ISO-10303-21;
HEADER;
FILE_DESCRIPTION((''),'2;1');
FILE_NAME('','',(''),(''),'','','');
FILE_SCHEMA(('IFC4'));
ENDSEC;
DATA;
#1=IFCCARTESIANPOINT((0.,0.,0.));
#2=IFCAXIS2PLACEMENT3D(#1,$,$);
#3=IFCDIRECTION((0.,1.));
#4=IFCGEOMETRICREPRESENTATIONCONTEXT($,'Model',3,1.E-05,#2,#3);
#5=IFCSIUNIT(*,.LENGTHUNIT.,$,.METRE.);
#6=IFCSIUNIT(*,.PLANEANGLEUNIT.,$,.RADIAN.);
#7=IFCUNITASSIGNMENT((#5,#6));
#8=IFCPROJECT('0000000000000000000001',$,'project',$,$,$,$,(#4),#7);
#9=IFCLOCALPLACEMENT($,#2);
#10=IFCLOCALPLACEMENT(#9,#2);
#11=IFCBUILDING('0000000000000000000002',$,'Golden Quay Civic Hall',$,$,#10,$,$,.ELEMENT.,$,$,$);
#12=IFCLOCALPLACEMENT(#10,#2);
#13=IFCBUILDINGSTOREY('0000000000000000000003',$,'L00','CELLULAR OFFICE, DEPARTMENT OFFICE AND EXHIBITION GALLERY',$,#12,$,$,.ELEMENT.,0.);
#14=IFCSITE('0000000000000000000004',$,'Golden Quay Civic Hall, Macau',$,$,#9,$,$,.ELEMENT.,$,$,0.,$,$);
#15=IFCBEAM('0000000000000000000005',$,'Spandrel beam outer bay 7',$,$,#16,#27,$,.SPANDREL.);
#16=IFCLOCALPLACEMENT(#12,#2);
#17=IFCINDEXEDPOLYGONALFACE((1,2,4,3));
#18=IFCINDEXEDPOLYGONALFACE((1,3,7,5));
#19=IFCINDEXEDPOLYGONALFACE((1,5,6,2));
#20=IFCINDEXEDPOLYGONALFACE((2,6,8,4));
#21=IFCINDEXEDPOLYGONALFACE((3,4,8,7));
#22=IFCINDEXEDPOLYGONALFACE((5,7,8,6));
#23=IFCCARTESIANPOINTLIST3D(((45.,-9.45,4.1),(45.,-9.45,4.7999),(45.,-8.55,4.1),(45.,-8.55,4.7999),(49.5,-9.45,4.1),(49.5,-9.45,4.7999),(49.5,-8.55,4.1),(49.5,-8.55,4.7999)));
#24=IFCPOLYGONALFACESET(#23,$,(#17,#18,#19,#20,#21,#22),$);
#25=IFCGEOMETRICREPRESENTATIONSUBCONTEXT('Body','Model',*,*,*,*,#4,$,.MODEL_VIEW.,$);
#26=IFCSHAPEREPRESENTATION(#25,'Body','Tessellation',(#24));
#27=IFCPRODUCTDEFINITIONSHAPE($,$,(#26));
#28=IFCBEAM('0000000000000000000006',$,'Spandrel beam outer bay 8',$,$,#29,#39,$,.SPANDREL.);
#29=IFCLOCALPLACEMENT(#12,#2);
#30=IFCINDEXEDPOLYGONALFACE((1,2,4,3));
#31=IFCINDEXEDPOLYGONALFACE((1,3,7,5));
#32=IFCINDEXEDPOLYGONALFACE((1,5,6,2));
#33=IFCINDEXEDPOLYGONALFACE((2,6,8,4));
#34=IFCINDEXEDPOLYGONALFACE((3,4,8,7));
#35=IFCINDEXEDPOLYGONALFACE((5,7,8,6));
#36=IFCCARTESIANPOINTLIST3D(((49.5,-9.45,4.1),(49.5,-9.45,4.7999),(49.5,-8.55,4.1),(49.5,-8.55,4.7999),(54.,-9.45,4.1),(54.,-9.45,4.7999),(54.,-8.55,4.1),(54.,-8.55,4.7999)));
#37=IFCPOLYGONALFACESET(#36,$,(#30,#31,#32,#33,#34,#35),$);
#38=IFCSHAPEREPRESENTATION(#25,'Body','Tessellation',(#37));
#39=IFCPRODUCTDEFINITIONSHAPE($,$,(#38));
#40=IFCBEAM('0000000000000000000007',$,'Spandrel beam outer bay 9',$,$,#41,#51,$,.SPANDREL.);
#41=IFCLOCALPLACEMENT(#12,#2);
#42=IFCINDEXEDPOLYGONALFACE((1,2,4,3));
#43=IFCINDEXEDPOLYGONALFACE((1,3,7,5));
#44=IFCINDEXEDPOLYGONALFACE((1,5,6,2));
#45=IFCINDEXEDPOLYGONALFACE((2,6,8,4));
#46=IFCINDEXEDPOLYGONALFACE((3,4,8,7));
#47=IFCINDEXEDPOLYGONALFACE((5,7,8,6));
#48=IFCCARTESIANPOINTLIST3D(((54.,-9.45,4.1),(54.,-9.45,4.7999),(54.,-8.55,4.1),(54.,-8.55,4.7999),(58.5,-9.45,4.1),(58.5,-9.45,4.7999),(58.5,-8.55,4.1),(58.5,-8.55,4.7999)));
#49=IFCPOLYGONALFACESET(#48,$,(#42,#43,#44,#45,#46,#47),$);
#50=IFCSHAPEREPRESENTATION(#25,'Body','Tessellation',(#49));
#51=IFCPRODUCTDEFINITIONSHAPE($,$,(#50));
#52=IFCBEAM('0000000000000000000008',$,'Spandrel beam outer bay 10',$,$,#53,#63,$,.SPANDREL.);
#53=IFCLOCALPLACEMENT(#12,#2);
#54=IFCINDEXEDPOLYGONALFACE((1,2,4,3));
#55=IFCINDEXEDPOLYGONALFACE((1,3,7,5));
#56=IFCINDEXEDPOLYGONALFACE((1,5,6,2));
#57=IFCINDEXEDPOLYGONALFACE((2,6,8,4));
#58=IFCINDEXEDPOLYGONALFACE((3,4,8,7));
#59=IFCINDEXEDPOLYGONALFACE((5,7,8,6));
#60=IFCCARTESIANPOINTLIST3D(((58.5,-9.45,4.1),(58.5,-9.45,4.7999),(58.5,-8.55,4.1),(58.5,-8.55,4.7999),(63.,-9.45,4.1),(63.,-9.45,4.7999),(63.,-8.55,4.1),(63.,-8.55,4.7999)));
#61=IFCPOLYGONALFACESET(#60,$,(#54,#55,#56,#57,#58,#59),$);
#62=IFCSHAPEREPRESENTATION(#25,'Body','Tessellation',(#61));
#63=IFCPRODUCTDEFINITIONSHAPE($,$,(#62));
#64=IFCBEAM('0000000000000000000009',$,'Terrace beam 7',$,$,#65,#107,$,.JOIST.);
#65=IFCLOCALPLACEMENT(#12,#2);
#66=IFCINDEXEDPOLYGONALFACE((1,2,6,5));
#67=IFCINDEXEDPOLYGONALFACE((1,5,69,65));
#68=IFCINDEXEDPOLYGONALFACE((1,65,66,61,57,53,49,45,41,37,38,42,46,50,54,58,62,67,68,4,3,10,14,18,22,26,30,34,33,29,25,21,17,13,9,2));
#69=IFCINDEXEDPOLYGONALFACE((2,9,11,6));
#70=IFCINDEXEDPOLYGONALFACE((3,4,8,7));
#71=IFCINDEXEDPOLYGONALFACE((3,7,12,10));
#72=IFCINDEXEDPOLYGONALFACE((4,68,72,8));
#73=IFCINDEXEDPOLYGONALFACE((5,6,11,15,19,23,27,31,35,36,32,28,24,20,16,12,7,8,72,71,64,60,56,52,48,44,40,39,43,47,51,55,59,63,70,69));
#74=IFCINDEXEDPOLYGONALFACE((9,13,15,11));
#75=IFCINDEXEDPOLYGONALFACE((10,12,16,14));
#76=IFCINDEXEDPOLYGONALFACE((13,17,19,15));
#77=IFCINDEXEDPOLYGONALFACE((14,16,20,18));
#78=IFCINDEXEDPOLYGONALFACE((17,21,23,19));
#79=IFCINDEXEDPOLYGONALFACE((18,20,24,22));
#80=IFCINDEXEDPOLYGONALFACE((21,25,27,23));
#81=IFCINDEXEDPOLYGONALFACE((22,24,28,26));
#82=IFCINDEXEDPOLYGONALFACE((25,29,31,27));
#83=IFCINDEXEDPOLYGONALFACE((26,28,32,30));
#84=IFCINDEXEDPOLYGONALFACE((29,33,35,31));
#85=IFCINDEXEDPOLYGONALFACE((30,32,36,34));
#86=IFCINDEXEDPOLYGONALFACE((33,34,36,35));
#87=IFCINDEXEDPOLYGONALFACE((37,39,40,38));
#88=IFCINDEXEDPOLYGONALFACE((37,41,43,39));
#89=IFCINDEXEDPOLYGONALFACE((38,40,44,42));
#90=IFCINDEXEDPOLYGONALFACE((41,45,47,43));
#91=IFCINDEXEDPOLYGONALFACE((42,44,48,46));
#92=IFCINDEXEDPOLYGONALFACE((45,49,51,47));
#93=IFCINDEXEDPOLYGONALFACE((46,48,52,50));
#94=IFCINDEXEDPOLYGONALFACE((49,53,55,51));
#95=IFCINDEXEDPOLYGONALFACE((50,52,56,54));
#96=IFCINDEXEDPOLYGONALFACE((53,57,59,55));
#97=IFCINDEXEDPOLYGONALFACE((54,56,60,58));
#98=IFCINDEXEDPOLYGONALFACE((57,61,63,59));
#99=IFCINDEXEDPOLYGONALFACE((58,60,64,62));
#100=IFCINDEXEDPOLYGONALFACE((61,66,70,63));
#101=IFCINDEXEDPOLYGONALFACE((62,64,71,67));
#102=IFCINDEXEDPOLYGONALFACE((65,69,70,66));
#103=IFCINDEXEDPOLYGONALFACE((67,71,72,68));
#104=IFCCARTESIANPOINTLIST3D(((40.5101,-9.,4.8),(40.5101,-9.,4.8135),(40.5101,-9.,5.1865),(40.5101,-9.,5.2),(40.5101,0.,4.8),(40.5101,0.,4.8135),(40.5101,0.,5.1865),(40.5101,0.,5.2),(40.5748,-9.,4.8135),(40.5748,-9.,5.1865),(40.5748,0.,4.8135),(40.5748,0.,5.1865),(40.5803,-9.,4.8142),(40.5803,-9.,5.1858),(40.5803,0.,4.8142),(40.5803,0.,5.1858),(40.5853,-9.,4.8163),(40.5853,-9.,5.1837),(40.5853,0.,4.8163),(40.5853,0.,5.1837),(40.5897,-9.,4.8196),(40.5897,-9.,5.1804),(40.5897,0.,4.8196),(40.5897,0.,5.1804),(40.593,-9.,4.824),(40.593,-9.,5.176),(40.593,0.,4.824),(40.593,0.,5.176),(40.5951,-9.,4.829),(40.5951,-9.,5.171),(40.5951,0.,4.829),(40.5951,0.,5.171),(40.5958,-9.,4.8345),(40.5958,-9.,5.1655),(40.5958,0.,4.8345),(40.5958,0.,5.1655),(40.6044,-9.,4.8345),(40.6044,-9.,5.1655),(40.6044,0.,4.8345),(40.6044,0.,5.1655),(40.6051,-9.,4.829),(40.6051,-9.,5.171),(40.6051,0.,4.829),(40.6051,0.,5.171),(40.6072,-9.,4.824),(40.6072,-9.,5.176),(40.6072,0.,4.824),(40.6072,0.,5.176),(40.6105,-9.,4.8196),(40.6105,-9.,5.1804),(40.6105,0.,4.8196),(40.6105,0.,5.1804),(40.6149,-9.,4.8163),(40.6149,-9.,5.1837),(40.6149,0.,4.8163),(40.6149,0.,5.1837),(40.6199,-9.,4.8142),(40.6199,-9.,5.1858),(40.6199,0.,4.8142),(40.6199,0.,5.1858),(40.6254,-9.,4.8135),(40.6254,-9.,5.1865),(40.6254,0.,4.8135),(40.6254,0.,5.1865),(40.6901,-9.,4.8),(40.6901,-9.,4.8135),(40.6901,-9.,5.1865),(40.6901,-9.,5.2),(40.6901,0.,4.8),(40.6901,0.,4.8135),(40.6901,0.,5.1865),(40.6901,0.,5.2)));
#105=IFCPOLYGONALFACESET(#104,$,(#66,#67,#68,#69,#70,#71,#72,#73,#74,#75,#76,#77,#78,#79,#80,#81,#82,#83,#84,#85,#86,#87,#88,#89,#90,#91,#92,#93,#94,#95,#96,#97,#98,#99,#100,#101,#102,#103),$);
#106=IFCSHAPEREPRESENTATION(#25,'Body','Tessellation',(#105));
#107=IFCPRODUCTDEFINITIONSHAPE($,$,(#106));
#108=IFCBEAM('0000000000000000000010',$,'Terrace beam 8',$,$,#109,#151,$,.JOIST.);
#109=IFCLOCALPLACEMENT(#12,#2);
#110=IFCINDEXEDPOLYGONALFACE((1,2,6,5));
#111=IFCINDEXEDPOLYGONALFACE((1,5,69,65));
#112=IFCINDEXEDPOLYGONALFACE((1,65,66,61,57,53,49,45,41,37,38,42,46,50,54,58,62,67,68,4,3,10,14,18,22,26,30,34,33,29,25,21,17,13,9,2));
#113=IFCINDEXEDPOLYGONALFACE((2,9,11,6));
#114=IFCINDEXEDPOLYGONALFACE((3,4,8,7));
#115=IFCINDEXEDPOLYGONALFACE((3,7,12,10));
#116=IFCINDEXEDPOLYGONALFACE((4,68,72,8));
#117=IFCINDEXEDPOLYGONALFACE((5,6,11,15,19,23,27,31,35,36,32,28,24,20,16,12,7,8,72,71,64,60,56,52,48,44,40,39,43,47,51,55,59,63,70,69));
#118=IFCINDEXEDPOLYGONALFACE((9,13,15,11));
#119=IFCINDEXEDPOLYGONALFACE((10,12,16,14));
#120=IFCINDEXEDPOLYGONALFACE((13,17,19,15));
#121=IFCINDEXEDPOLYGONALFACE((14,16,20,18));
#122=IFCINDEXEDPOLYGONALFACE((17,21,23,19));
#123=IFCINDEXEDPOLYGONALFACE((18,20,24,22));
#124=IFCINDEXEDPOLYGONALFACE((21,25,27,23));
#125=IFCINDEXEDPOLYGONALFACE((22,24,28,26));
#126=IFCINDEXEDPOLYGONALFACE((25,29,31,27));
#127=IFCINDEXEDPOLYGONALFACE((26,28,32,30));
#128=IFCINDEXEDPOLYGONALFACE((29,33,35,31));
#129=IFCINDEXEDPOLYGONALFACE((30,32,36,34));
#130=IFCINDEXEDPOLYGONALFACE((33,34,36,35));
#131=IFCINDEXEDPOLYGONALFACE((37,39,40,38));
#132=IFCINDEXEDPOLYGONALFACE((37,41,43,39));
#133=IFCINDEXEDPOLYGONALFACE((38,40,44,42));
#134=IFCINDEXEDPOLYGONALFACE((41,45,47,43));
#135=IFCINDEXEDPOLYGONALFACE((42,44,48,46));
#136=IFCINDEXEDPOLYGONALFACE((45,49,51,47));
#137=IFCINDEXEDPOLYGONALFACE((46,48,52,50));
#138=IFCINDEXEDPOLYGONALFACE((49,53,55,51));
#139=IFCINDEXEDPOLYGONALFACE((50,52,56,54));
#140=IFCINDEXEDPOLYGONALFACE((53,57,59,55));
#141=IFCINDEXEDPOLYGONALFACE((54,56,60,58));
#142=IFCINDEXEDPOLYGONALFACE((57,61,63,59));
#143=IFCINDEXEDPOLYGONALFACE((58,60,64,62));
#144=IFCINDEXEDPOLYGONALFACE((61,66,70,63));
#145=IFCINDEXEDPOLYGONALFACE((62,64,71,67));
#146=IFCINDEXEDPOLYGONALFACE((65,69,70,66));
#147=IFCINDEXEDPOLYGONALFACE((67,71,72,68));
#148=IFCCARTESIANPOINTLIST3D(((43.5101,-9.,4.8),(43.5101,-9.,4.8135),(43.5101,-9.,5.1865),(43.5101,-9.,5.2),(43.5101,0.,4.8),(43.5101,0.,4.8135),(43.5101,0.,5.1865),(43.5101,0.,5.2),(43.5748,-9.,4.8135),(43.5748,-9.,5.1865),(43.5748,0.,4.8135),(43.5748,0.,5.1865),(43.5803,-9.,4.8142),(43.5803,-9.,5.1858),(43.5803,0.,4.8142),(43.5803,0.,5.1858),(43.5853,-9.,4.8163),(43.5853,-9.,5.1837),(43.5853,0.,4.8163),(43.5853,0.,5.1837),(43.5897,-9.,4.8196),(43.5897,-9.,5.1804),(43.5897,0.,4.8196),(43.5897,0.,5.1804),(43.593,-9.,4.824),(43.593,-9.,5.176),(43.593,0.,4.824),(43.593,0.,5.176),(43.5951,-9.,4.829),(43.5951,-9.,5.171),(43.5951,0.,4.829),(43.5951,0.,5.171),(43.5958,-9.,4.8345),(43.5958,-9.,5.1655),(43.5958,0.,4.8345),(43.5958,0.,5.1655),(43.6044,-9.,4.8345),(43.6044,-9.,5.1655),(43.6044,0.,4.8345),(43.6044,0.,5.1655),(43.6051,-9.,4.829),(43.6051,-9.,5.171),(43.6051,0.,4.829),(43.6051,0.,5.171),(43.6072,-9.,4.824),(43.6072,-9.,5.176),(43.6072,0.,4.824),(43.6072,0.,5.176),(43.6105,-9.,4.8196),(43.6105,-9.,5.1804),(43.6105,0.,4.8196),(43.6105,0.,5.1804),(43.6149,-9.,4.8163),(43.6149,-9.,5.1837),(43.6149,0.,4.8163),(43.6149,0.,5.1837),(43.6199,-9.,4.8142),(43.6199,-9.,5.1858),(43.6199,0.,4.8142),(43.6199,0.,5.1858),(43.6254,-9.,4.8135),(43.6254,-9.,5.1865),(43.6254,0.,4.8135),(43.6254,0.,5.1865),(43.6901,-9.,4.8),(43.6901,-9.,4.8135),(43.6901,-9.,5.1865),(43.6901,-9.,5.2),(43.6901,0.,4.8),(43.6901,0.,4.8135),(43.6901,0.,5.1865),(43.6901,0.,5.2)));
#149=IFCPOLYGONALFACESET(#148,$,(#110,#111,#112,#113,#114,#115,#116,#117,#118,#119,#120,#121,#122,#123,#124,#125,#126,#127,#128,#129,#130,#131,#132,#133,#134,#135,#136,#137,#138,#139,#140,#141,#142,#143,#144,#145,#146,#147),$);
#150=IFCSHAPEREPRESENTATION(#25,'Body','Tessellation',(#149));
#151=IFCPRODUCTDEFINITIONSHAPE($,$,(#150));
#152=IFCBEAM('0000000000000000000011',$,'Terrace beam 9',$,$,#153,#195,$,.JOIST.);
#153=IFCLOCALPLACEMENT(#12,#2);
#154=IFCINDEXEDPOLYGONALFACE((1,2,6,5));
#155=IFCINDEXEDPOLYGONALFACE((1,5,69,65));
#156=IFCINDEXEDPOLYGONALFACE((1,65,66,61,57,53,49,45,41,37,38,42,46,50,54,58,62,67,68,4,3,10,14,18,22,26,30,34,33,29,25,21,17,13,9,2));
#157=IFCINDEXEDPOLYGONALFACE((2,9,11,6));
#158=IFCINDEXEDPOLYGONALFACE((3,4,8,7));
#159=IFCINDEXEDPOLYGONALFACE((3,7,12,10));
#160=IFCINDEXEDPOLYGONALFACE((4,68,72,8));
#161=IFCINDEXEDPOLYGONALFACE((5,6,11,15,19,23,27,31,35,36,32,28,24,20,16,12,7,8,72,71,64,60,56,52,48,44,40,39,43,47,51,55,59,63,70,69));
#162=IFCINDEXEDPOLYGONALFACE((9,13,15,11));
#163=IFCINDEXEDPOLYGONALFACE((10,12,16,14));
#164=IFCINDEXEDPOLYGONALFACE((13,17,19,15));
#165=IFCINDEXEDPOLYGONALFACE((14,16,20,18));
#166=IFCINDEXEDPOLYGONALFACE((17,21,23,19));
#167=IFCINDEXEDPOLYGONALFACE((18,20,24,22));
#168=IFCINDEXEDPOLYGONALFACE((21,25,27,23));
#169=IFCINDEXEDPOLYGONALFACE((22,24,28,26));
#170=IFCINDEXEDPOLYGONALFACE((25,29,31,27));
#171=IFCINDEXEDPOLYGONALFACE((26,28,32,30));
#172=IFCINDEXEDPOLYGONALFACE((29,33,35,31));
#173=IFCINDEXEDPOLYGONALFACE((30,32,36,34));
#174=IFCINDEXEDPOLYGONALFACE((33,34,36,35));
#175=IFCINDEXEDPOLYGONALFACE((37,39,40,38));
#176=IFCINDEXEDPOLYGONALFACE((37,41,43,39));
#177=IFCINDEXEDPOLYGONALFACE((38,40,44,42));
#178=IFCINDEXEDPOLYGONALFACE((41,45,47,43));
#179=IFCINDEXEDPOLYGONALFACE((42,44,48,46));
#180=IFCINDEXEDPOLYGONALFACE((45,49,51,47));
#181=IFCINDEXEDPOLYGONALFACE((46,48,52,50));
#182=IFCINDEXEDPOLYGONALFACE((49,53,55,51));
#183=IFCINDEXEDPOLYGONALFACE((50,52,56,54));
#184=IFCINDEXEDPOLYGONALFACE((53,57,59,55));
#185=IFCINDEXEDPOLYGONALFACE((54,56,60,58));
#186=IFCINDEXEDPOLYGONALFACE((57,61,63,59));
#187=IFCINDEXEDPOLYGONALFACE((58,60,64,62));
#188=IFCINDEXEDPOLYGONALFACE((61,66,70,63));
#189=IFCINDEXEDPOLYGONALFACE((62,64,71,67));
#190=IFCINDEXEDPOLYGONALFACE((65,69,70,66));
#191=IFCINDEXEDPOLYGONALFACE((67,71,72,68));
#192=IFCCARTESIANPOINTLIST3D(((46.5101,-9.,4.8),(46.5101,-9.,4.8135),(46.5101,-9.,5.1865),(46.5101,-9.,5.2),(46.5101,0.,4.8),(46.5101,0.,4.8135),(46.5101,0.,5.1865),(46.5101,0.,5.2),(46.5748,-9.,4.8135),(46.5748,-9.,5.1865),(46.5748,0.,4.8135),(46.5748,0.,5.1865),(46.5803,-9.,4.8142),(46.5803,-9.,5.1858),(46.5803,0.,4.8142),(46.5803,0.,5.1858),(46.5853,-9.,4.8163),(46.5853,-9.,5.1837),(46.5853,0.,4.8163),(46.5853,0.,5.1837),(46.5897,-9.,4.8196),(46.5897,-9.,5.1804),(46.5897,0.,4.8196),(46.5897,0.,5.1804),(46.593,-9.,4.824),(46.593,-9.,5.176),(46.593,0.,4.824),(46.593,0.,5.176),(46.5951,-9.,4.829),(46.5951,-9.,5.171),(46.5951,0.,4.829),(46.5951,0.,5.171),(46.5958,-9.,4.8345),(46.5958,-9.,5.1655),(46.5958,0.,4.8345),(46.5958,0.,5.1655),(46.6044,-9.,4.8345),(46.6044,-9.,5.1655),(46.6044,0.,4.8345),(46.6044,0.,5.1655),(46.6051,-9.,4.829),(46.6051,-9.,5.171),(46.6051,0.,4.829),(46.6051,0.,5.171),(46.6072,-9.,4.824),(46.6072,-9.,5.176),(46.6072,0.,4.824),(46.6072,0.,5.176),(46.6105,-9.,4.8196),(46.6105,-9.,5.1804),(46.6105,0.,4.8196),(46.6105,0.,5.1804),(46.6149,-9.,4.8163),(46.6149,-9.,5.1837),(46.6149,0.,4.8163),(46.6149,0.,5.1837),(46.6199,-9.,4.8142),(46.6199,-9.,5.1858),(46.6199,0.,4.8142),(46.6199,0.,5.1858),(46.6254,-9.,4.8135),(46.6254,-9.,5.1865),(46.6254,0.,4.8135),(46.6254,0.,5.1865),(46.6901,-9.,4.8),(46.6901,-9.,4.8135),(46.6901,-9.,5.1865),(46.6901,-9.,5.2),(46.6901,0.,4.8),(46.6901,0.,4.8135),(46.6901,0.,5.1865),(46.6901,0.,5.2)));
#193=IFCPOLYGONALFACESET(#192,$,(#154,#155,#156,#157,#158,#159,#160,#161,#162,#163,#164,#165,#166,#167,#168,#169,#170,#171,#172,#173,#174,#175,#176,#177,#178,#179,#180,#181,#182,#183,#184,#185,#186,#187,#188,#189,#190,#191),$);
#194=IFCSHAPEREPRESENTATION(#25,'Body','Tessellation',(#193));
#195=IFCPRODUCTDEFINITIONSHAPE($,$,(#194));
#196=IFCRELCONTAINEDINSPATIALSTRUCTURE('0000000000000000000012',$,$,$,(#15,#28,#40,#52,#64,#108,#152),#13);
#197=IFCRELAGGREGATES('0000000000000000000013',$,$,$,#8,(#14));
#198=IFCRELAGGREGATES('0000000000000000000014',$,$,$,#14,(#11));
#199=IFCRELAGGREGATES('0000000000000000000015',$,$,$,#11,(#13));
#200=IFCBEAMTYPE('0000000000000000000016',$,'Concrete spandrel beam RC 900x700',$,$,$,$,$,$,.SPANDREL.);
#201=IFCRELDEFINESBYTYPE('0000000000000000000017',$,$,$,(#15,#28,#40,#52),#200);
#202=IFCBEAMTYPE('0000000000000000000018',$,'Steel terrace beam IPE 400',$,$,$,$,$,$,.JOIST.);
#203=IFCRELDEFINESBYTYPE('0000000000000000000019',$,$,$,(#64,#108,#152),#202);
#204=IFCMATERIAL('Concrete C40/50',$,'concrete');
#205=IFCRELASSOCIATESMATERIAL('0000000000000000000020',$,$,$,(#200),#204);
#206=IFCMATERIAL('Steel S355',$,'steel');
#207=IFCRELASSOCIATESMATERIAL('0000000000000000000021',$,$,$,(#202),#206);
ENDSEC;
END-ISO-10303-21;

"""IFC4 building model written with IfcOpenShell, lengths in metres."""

from ifc_helpers import new_model, si_unit, direction, frame, origin, origin_2d, place, context, subcontext, project, spatial, rectangle, i_section, extrude, material, material_profile, profile_set, type_object, element, save


model = new_model("IFC4")

# Units and contexts
model_context = context("Model", 3, precision=1e-05, world=origin(), true_north=direction((0.0, 1.0)))
body_context = subcontext(model_context, "Body", "Model", "MODEL_VIEW")
ifc_project = project(units=[si_unit("LENGTHUNIT", "METRE"), si_unit("PLANEANGLEUNIT", "RADIAN")], contexts=[model_context])

# Site, building, storey
site_placement = place(None, origin())
site = spatial("IfcSite", under=ifc_project, at=site_placement, Name="Golden Quay Civic Hall, Macau", CompositionType="ELEMENT", RefElevation=0.0)
building_placement = place(site_placement, origin())
building = spatial("IfcBuilding", under=site, at=building_placement, Name="Golden Quay Civic Hall", CompositionType="ELEMENT")
storey_placement = place(building_placement, origin())
storey = spatial("IfcBuildingStorey", under=building, at=storey_placement, Name="L00", Description="CELLULAR OFFICE, DEPARTMENT OFFICE AND EXHIBITION GALLERY", CompositionType="ELEMENT", Elevation=0.0)

# Beams
ifc_material_1 = material(Name="Concrete C40/50", Category="concrete")
ifc_material_profile_1 = material_profile(ifc_material_1, rectangle(XDim=0.8999, YDim=0.7, at=origin_2d()), Name="RC 900x700")
ifc_profile_set_1 = profile_set([ifc_material_profile_1], Name="Concrete C40/50")
beam_type_1 = type_object("IfcBeamType", Name="Concrete spandrel beam RC 900x700", PredefinedType="SPANDREL", material=ifc_profile_set_1)
for number, where, z_axis, x_axis, name in (
    (1, (45.0, -9.0, 4.45), (1.0, 0.0, 0.0), (0.0, 1.0, 0.0), "Spandrel beam outer bay 7"),
    (2, (49.5, -9.0, 4.45), (1.0, 0.0, 0.0), (0.0, 1.0, 0.0), "Spandrel beam outer bay 8"),
    (3, (54.0, -9.0, 4.45), (1.0, 0.0, 0.0), (0.0, 1.0, 0.0), "Spandrel beam outer bay 9"),
    (4, (58.5, -9.0, 4.45), (1.0, 0.0, 0.0), (0.0, 1.0, 0.0), "Spandrel beam outer bay 10"),
):
    element("IfcBeam", number, at=place(storey_placement, frame(where, z_axis=z_axis, x_axis=x_axis)), inside=storey, type_object=beam_type_1, Name=name, PredefinedType="SPANDREL", context=body_context, shape_type="SweptSolid", body=[
        extrude(rectangle(XDim=0.8999, YDim=0.7, at=origin_2d()), origin(), (0.0, 0.0, 1.0), 4.5),
    ])
ifc_material_2 = material(Name="Steel S355", Category="steel")
ifc_material_profile_2 = material_profile(ifc_material_2, i_section(OverallWidth=0.1799, OverallDepth=0.3999, WebThickness=0.0085, FlangeThickness=0.0134, FilletRadius=0.021, at=origin_2d()), Name="IPE 400")
ifc_profile_set_2 = profile_set([ifc_material_profile_2], Name="Steel S355")
beam_type_2 = type_object("IfcBeamType", Name="Steel terrace beam IPE 400", PredefinedType="JOIST", material=ifc_profile_set_2)
for number, where, z_axis, x_axis, name in (
    (5, (40.6001, -9.0, 5.0), (0.0, 1.0, 0.0), (-1.0, 0.0, 0.0), "Terrace beam 7"),
    (6, (43.6001, -9.0, 5.0), (0.0, 1.0, 0.0), (-1.0, 0.0, 0.0), "Terrace beam 8"),
    (7, (46.6001, -9.0, 5.0), (0.0, 1.0, 0.0), (-1.0, 0.0, 0.0), "Terrace beam 9"),
):
    element("IfcBeam", number, at=place(storey_placement, frame(where, z_axis=z_axis, x_axis=x_axis)), inside=storey, type_object=beam_type_2, Name=name, PredefinedType="JOIST", context=body_context, shape_type="SweptSolid", body=[
        extrude(i_section(OverallWidth=0.1799, OverallDepth=0.3999, WebThickness=0.0085, FlangeThickness=0.0134, FilletRadius=0.021, at=origin_2d()), origin(), (0.0, 0.0, 1.0), 9.0),
    ])

save(model, "model.ifc")
